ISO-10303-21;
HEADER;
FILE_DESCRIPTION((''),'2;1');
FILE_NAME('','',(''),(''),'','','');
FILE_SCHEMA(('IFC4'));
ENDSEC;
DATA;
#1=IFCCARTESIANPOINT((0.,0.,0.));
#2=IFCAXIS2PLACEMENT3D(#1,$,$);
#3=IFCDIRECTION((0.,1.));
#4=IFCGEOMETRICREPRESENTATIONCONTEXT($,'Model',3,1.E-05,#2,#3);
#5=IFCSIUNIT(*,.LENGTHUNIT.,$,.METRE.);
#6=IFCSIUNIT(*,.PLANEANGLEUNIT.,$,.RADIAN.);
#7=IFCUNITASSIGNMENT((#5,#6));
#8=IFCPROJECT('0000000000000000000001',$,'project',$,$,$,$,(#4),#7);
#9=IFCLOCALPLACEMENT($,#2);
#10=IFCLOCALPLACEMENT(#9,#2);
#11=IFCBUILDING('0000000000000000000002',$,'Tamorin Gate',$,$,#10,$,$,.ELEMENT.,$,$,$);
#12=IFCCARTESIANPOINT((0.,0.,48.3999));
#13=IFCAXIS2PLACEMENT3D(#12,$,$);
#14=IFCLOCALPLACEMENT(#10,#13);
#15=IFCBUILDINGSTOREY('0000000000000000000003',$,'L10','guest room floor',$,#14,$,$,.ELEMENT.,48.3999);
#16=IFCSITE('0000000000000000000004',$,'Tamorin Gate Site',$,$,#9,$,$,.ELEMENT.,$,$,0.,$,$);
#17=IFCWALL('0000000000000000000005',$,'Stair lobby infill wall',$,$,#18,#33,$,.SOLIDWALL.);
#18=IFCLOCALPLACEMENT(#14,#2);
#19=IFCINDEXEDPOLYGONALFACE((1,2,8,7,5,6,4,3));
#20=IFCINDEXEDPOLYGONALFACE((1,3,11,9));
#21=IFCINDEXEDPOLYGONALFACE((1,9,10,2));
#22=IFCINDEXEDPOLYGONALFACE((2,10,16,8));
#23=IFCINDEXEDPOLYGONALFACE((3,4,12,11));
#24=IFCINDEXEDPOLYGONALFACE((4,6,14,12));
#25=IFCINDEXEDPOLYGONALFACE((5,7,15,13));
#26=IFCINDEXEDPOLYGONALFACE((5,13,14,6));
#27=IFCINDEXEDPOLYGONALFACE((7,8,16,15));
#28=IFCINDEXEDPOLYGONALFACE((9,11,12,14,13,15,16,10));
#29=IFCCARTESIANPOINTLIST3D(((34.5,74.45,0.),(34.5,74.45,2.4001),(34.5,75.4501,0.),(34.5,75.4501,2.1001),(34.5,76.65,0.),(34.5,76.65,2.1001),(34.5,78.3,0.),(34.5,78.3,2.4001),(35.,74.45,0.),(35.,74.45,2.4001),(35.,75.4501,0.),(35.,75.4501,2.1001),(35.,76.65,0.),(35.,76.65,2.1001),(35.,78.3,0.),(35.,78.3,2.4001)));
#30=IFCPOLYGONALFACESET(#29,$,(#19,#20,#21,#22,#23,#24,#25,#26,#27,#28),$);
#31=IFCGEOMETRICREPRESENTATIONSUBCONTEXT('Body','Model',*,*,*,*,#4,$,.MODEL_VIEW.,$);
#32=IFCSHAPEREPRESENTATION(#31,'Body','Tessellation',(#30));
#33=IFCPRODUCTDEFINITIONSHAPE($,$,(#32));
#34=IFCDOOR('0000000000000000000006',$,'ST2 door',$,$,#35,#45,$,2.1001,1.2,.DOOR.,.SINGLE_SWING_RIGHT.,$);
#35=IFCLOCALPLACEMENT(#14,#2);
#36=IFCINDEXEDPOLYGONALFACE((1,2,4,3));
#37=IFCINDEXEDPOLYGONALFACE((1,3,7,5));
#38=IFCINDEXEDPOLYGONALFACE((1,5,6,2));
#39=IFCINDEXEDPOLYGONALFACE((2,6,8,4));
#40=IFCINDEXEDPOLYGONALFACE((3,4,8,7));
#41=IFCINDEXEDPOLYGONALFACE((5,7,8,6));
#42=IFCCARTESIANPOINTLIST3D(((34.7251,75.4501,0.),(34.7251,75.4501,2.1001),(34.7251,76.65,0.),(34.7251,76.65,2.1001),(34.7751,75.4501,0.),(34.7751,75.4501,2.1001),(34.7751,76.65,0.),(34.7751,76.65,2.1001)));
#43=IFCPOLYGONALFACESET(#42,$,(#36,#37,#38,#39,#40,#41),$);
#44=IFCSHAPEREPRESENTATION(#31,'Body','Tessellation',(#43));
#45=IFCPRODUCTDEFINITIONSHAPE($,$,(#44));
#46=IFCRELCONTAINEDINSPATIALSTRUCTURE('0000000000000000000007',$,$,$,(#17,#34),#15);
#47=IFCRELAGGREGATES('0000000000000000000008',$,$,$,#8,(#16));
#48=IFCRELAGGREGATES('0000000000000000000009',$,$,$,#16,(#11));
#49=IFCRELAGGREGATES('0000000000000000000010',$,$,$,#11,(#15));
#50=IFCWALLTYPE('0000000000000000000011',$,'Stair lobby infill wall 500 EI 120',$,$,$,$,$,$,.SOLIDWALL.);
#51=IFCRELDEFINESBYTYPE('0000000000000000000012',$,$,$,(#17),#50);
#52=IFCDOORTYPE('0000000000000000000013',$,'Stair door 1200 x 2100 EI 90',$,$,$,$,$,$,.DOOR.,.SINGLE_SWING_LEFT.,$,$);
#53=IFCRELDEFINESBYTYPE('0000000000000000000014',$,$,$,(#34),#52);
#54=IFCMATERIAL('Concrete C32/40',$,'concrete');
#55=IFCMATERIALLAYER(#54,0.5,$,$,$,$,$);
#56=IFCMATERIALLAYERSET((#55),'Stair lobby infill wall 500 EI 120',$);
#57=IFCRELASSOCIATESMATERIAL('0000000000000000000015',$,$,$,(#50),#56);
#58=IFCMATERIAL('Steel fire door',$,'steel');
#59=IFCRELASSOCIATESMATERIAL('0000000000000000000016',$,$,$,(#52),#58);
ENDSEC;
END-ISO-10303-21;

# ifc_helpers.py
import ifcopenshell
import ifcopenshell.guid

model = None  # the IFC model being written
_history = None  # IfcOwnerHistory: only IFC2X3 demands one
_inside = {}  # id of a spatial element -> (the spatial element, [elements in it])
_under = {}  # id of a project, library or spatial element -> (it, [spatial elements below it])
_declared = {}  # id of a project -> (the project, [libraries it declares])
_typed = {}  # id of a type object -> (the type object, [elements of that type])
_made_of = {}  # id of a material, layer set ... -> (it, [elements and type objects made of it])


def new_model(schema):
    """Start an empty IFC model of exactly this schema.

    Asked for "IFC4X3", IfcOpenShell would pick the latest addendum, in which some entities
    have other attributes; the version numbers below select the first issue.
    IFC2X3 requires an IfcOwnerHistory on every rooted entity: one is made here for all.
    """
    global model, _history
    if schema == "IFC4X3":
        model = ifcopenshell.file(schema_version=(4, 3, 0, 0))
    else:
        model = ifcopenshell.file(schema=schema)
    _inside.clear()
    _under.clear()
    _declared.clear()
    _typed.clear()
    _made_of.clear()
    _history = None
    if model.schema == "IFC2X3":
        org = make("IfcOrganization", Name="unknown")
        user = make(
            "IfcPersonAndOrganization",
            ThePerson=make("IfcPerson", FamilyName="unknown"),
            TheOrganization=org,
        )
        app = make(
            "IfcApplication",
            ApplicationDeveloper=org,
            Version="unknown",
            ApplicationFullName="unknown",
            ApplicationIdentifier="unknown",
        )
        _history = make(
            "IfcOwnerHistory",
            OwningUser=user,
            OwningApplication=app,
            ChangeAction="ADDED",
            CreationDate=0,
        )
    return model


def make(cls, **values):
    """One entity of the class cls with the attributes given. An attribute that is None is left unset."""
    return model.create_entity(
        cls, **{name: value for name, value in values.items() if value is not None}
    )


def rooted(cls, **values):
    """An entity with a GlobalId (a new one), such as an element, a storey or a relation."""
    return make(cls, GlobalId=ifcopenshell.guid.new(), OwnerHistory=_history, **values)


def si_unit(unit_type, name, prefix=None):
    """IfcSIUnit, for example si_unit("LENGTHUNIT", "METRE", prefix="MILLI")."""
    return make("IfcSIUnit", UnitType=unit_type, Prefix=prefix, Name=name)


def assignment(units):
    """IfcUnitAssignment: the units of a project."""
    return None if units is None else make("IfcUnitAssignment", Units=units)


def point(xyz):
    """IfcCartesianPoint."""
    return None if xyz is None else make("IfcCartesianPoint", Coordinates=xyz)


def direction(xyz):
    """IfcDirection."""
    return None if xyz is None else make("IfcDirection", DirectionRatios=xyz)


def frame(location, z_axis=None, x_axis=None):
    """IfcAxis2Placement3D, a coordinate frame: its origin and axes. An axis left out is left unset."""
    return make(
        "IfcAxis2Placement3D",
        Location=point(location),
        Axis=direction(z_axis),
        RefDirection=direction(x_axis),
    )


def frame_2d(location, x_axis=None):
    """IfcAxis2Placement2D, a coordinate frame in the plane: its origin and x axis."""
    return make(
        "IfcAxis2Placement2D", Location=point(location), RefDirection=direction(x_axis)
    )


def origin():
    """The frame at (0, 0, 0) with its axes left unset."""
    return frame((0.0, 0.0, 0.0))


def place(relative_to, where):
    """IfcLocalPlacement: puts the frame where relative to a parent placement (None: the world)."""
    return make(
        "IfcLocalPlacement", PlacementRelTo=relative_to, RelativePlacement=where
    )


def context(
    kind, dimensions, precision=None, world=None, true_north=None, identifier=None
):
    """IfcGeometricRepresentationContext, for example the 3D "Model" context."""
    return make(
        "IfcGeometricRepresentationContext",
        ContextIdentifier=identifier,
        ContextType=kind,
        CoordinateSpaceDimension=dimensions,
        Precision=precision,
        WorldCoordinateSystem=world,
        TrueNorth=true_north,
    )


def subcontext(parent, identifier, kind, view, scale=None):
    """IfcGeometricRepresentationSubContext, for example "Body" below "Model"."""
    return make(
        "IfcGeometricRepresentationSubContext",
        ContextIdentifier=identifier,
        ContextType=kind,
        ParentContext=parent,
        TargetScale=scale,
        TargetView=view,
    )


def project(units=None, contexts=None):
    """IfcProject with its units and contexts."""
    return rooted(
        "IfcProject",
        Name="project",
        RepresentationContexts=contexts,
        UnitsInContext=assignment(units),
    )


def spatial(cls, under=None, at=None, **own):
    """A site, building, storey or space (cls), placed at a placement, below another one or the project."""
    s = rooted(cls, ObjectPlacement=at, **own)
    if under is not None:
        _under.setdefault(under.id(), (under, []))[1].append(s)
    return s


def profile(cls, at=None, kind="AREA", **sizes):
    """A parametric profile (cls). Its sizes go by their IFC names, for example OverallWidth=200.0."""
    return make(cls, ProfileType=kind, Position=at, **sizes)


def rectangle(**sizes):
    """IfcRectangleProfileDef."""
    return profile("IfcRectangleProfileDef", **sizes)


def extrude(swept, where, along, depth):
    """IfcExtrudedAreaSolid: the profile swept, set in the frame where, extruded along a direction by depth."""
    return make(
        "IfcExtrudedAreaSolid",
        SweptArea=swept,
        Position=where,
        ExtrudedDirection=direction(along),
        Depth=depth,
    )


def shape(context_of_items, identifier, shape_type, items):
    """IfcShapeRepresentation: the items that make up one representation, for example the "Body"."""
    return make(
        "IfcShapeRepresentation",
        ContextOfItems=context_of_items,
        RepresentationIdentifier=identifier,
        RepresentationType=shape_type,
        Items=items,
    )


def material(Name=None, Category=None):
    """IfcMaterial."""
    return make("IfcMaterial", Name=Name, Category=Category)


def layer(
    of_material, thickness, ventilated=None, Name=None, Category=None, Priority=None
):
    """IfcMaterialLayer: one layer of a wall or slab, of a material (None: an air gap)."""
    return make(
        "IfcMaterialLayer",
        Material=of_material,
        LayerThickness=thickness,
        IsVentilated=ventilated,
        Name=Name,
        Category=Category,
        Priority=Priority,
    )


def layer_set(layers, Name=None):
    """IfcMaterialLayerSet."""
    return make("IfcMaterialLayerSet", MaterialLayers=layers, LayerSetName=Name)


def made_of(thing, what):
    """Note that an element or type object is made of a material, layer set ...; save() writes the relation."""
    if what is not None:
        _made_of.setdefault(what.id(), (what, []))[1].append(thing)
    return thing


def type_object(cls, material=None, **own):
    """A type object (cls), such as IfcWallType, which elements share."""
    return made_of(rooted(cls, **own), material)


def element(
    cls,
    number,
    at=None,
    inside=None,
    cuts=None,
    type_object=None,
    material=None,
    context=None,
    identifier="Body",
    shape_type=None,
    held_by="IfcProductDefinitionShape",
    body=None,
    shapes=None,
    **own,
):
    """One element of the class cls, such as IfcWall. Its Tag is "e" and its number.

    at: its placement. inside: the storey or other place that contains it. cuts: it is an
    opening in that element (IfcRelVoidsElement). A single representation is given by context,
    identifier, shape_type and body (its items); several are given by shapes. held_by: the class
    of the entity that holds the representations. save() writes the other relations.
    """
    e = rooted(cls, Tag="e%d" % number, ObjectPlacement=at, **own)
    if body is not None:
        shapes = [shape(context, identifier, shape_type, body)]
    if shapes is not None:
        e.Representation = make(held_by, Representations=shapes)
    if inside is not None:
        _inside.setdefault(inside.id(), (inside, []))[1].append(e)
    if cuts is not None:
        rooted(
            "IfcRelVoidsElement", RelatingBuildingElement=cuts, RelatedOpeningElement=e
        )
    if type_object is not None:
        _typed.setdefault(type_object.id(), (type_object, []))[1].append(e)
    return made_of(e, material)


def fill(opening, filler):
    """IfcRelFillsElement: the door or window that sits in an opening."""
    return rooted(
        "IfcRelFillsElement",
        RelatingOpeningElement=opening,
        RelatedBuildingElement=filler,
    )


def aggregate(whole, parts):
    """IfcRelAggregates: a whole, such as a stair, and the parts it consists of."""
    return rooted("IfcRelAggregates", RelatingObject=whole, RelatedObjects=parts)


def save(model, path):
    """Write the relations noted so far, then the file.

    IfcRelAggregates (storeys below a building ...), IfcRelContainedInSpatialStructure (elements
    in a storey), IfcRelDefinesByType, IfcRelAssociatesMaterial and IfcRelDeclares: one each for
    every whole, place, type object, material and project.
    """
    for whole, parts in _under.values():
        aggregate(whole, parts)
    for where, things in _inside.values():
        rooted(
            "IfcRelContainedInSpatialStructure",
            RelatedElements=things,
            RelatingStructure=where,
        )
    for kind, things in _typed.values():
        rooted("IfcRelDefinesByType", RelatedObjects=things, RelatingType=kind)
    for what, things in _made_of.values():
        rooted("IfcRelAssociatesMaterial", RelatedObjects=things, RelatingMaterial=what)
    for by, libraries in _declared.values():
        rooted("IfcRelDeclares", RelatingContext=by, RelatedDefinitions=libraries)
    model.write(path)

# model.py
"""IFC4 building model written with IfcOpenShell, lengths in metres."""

from ifc_helpers import new_model, si_unit, direction, frame, frame_2d, origin, place, context, subcontext, project, spatial, rectangle, extrude, material, layer, layer_set, type_object, element, fill, save


model = new_model("IFC4")

# Units and contexts
model_context = context("Model", 3, precision=1e-05, world=origin(), true_north=direction((0.0, 1.0)))
body_context = subcontext(model_context, "Body", "Model", "MODEL_VIEW")
ifc_project = project(units=[si_unit("LENGTHUNIT", "METRE"), si_unit("PLANEANGLEUNIT", "RADIAN")], contexts=[model_context])

# Site, building, storey
site_placement = place(None, origin())
site = spatial("IfcSite", under=ifc_project, at=site_placement, Name="Tamorin Gate Site", CompositionType="ELEMENT", RefElevation=0.0)
building_placement = place(site_placement, origin())
building = spatial("IfcBuilding", under=site, at=building_placement, Name="Tamorin Gate", CompositionType="ELEMENT")
storey_placement = place(building_placement, frame((0.0, 0.0, 48.3999)))
storey = spatial("IfcBuildingStorey", under=building, at=storey_placement, Name="L10", Description="guest room floor", CompositionType="ELEMENT", Elevation=48.3999)

# Wall, opening, door
ifc_material_1 = material(Name="Steel fire door", Category="steel")
ifc_material_2 = material(Name="Concrete C32/40", Category="concrete")
ifc_layer_1 = layer(ifc_material_2, 0.5)
ifc_layer_set_1 = layer_set([ifc_layer_1], Name="Stair lobby infill wall 500 EI 120")
wall_type_1 = type_object("IfcWallType", Name="Stair lobby infill wall 500 EI 120", PredefinedType="SOLIDWALL", material=ifc_layer_set_1)
wall_1_placement = place(storey_placement, frame((34.75, 74.45, 0.0), z_axis=(0.0, 0.0, 1.0), x_axis=(0.0, 1.0, 0.0)))
wall_1 = element("IfcWall", 1, at=wall_1_placement, inside=storey, type_object=wall_type_1, Name="Stair lobby infill wall", PredefinedType="SOLIDWALL", context=body_context, shape_type="SweptSolid", body=[
    extrude(rectangle(XDim=3.8501, YDim=0.5, at=frame_2d((1.925, 0.0))), origin(), (0.0, 0.0, 1.0), 2.4001),
])
opening_1_placement = place(wall_1_placement, frame((1.0, 0.0, 0.0)))
opening_1 = element("IfcOpeningElement", 2, at=opening_1_placement, cuts=wall_1, PredefinedType="OPENING", context=body_context, shape_type="SweptSolid", body=[
    extrude(rectangle(XDim=1.2, YDim=2.1001, at=frame_2d((0.6001, 1.05))), frame((0.0, 0.26, 0.0), z_axis=(0.0, -1.0, 0.0), x_axis=(1.0, 0.0, 0.0)), (0.0, 0.0, 1.0), 0.52),
])
door_type_1 = type_object("IfcDoorType", Name="Stair door 1200 x 2100 EI 90", OperationType="SINGLE_SWING_LEFT", PredefinedType="DOOR", material=ifc_material_1)
door_1_placement = place(opening_1_placement, origin())
door_1 = element("IfcDoor", 3, at=door_1_placement, inside=storey, type_object=door_type_1, Name="ST2 door", OperationType="SINGLE_SWING_RIGHT", OverallHeight=2.1001, OverallWidth=1.2, PredefinedType="DOOR", context=body_context, shape_type="SweptSolid", body=[
    extrude(rectangle(XDim=1.2, YDim=2.1001, at=frame_2d((0.6001, 1.05))), frame((0.0, 0.0249, 0.0), z_axis=(0.0, -1.0, 0.0), x_axis=(1.0, 0.0, 0.0)), (0.0, 0.0, 1.0), 0.05),
])
fill(opening_1, door_1)

save(model, "model.ifc")
